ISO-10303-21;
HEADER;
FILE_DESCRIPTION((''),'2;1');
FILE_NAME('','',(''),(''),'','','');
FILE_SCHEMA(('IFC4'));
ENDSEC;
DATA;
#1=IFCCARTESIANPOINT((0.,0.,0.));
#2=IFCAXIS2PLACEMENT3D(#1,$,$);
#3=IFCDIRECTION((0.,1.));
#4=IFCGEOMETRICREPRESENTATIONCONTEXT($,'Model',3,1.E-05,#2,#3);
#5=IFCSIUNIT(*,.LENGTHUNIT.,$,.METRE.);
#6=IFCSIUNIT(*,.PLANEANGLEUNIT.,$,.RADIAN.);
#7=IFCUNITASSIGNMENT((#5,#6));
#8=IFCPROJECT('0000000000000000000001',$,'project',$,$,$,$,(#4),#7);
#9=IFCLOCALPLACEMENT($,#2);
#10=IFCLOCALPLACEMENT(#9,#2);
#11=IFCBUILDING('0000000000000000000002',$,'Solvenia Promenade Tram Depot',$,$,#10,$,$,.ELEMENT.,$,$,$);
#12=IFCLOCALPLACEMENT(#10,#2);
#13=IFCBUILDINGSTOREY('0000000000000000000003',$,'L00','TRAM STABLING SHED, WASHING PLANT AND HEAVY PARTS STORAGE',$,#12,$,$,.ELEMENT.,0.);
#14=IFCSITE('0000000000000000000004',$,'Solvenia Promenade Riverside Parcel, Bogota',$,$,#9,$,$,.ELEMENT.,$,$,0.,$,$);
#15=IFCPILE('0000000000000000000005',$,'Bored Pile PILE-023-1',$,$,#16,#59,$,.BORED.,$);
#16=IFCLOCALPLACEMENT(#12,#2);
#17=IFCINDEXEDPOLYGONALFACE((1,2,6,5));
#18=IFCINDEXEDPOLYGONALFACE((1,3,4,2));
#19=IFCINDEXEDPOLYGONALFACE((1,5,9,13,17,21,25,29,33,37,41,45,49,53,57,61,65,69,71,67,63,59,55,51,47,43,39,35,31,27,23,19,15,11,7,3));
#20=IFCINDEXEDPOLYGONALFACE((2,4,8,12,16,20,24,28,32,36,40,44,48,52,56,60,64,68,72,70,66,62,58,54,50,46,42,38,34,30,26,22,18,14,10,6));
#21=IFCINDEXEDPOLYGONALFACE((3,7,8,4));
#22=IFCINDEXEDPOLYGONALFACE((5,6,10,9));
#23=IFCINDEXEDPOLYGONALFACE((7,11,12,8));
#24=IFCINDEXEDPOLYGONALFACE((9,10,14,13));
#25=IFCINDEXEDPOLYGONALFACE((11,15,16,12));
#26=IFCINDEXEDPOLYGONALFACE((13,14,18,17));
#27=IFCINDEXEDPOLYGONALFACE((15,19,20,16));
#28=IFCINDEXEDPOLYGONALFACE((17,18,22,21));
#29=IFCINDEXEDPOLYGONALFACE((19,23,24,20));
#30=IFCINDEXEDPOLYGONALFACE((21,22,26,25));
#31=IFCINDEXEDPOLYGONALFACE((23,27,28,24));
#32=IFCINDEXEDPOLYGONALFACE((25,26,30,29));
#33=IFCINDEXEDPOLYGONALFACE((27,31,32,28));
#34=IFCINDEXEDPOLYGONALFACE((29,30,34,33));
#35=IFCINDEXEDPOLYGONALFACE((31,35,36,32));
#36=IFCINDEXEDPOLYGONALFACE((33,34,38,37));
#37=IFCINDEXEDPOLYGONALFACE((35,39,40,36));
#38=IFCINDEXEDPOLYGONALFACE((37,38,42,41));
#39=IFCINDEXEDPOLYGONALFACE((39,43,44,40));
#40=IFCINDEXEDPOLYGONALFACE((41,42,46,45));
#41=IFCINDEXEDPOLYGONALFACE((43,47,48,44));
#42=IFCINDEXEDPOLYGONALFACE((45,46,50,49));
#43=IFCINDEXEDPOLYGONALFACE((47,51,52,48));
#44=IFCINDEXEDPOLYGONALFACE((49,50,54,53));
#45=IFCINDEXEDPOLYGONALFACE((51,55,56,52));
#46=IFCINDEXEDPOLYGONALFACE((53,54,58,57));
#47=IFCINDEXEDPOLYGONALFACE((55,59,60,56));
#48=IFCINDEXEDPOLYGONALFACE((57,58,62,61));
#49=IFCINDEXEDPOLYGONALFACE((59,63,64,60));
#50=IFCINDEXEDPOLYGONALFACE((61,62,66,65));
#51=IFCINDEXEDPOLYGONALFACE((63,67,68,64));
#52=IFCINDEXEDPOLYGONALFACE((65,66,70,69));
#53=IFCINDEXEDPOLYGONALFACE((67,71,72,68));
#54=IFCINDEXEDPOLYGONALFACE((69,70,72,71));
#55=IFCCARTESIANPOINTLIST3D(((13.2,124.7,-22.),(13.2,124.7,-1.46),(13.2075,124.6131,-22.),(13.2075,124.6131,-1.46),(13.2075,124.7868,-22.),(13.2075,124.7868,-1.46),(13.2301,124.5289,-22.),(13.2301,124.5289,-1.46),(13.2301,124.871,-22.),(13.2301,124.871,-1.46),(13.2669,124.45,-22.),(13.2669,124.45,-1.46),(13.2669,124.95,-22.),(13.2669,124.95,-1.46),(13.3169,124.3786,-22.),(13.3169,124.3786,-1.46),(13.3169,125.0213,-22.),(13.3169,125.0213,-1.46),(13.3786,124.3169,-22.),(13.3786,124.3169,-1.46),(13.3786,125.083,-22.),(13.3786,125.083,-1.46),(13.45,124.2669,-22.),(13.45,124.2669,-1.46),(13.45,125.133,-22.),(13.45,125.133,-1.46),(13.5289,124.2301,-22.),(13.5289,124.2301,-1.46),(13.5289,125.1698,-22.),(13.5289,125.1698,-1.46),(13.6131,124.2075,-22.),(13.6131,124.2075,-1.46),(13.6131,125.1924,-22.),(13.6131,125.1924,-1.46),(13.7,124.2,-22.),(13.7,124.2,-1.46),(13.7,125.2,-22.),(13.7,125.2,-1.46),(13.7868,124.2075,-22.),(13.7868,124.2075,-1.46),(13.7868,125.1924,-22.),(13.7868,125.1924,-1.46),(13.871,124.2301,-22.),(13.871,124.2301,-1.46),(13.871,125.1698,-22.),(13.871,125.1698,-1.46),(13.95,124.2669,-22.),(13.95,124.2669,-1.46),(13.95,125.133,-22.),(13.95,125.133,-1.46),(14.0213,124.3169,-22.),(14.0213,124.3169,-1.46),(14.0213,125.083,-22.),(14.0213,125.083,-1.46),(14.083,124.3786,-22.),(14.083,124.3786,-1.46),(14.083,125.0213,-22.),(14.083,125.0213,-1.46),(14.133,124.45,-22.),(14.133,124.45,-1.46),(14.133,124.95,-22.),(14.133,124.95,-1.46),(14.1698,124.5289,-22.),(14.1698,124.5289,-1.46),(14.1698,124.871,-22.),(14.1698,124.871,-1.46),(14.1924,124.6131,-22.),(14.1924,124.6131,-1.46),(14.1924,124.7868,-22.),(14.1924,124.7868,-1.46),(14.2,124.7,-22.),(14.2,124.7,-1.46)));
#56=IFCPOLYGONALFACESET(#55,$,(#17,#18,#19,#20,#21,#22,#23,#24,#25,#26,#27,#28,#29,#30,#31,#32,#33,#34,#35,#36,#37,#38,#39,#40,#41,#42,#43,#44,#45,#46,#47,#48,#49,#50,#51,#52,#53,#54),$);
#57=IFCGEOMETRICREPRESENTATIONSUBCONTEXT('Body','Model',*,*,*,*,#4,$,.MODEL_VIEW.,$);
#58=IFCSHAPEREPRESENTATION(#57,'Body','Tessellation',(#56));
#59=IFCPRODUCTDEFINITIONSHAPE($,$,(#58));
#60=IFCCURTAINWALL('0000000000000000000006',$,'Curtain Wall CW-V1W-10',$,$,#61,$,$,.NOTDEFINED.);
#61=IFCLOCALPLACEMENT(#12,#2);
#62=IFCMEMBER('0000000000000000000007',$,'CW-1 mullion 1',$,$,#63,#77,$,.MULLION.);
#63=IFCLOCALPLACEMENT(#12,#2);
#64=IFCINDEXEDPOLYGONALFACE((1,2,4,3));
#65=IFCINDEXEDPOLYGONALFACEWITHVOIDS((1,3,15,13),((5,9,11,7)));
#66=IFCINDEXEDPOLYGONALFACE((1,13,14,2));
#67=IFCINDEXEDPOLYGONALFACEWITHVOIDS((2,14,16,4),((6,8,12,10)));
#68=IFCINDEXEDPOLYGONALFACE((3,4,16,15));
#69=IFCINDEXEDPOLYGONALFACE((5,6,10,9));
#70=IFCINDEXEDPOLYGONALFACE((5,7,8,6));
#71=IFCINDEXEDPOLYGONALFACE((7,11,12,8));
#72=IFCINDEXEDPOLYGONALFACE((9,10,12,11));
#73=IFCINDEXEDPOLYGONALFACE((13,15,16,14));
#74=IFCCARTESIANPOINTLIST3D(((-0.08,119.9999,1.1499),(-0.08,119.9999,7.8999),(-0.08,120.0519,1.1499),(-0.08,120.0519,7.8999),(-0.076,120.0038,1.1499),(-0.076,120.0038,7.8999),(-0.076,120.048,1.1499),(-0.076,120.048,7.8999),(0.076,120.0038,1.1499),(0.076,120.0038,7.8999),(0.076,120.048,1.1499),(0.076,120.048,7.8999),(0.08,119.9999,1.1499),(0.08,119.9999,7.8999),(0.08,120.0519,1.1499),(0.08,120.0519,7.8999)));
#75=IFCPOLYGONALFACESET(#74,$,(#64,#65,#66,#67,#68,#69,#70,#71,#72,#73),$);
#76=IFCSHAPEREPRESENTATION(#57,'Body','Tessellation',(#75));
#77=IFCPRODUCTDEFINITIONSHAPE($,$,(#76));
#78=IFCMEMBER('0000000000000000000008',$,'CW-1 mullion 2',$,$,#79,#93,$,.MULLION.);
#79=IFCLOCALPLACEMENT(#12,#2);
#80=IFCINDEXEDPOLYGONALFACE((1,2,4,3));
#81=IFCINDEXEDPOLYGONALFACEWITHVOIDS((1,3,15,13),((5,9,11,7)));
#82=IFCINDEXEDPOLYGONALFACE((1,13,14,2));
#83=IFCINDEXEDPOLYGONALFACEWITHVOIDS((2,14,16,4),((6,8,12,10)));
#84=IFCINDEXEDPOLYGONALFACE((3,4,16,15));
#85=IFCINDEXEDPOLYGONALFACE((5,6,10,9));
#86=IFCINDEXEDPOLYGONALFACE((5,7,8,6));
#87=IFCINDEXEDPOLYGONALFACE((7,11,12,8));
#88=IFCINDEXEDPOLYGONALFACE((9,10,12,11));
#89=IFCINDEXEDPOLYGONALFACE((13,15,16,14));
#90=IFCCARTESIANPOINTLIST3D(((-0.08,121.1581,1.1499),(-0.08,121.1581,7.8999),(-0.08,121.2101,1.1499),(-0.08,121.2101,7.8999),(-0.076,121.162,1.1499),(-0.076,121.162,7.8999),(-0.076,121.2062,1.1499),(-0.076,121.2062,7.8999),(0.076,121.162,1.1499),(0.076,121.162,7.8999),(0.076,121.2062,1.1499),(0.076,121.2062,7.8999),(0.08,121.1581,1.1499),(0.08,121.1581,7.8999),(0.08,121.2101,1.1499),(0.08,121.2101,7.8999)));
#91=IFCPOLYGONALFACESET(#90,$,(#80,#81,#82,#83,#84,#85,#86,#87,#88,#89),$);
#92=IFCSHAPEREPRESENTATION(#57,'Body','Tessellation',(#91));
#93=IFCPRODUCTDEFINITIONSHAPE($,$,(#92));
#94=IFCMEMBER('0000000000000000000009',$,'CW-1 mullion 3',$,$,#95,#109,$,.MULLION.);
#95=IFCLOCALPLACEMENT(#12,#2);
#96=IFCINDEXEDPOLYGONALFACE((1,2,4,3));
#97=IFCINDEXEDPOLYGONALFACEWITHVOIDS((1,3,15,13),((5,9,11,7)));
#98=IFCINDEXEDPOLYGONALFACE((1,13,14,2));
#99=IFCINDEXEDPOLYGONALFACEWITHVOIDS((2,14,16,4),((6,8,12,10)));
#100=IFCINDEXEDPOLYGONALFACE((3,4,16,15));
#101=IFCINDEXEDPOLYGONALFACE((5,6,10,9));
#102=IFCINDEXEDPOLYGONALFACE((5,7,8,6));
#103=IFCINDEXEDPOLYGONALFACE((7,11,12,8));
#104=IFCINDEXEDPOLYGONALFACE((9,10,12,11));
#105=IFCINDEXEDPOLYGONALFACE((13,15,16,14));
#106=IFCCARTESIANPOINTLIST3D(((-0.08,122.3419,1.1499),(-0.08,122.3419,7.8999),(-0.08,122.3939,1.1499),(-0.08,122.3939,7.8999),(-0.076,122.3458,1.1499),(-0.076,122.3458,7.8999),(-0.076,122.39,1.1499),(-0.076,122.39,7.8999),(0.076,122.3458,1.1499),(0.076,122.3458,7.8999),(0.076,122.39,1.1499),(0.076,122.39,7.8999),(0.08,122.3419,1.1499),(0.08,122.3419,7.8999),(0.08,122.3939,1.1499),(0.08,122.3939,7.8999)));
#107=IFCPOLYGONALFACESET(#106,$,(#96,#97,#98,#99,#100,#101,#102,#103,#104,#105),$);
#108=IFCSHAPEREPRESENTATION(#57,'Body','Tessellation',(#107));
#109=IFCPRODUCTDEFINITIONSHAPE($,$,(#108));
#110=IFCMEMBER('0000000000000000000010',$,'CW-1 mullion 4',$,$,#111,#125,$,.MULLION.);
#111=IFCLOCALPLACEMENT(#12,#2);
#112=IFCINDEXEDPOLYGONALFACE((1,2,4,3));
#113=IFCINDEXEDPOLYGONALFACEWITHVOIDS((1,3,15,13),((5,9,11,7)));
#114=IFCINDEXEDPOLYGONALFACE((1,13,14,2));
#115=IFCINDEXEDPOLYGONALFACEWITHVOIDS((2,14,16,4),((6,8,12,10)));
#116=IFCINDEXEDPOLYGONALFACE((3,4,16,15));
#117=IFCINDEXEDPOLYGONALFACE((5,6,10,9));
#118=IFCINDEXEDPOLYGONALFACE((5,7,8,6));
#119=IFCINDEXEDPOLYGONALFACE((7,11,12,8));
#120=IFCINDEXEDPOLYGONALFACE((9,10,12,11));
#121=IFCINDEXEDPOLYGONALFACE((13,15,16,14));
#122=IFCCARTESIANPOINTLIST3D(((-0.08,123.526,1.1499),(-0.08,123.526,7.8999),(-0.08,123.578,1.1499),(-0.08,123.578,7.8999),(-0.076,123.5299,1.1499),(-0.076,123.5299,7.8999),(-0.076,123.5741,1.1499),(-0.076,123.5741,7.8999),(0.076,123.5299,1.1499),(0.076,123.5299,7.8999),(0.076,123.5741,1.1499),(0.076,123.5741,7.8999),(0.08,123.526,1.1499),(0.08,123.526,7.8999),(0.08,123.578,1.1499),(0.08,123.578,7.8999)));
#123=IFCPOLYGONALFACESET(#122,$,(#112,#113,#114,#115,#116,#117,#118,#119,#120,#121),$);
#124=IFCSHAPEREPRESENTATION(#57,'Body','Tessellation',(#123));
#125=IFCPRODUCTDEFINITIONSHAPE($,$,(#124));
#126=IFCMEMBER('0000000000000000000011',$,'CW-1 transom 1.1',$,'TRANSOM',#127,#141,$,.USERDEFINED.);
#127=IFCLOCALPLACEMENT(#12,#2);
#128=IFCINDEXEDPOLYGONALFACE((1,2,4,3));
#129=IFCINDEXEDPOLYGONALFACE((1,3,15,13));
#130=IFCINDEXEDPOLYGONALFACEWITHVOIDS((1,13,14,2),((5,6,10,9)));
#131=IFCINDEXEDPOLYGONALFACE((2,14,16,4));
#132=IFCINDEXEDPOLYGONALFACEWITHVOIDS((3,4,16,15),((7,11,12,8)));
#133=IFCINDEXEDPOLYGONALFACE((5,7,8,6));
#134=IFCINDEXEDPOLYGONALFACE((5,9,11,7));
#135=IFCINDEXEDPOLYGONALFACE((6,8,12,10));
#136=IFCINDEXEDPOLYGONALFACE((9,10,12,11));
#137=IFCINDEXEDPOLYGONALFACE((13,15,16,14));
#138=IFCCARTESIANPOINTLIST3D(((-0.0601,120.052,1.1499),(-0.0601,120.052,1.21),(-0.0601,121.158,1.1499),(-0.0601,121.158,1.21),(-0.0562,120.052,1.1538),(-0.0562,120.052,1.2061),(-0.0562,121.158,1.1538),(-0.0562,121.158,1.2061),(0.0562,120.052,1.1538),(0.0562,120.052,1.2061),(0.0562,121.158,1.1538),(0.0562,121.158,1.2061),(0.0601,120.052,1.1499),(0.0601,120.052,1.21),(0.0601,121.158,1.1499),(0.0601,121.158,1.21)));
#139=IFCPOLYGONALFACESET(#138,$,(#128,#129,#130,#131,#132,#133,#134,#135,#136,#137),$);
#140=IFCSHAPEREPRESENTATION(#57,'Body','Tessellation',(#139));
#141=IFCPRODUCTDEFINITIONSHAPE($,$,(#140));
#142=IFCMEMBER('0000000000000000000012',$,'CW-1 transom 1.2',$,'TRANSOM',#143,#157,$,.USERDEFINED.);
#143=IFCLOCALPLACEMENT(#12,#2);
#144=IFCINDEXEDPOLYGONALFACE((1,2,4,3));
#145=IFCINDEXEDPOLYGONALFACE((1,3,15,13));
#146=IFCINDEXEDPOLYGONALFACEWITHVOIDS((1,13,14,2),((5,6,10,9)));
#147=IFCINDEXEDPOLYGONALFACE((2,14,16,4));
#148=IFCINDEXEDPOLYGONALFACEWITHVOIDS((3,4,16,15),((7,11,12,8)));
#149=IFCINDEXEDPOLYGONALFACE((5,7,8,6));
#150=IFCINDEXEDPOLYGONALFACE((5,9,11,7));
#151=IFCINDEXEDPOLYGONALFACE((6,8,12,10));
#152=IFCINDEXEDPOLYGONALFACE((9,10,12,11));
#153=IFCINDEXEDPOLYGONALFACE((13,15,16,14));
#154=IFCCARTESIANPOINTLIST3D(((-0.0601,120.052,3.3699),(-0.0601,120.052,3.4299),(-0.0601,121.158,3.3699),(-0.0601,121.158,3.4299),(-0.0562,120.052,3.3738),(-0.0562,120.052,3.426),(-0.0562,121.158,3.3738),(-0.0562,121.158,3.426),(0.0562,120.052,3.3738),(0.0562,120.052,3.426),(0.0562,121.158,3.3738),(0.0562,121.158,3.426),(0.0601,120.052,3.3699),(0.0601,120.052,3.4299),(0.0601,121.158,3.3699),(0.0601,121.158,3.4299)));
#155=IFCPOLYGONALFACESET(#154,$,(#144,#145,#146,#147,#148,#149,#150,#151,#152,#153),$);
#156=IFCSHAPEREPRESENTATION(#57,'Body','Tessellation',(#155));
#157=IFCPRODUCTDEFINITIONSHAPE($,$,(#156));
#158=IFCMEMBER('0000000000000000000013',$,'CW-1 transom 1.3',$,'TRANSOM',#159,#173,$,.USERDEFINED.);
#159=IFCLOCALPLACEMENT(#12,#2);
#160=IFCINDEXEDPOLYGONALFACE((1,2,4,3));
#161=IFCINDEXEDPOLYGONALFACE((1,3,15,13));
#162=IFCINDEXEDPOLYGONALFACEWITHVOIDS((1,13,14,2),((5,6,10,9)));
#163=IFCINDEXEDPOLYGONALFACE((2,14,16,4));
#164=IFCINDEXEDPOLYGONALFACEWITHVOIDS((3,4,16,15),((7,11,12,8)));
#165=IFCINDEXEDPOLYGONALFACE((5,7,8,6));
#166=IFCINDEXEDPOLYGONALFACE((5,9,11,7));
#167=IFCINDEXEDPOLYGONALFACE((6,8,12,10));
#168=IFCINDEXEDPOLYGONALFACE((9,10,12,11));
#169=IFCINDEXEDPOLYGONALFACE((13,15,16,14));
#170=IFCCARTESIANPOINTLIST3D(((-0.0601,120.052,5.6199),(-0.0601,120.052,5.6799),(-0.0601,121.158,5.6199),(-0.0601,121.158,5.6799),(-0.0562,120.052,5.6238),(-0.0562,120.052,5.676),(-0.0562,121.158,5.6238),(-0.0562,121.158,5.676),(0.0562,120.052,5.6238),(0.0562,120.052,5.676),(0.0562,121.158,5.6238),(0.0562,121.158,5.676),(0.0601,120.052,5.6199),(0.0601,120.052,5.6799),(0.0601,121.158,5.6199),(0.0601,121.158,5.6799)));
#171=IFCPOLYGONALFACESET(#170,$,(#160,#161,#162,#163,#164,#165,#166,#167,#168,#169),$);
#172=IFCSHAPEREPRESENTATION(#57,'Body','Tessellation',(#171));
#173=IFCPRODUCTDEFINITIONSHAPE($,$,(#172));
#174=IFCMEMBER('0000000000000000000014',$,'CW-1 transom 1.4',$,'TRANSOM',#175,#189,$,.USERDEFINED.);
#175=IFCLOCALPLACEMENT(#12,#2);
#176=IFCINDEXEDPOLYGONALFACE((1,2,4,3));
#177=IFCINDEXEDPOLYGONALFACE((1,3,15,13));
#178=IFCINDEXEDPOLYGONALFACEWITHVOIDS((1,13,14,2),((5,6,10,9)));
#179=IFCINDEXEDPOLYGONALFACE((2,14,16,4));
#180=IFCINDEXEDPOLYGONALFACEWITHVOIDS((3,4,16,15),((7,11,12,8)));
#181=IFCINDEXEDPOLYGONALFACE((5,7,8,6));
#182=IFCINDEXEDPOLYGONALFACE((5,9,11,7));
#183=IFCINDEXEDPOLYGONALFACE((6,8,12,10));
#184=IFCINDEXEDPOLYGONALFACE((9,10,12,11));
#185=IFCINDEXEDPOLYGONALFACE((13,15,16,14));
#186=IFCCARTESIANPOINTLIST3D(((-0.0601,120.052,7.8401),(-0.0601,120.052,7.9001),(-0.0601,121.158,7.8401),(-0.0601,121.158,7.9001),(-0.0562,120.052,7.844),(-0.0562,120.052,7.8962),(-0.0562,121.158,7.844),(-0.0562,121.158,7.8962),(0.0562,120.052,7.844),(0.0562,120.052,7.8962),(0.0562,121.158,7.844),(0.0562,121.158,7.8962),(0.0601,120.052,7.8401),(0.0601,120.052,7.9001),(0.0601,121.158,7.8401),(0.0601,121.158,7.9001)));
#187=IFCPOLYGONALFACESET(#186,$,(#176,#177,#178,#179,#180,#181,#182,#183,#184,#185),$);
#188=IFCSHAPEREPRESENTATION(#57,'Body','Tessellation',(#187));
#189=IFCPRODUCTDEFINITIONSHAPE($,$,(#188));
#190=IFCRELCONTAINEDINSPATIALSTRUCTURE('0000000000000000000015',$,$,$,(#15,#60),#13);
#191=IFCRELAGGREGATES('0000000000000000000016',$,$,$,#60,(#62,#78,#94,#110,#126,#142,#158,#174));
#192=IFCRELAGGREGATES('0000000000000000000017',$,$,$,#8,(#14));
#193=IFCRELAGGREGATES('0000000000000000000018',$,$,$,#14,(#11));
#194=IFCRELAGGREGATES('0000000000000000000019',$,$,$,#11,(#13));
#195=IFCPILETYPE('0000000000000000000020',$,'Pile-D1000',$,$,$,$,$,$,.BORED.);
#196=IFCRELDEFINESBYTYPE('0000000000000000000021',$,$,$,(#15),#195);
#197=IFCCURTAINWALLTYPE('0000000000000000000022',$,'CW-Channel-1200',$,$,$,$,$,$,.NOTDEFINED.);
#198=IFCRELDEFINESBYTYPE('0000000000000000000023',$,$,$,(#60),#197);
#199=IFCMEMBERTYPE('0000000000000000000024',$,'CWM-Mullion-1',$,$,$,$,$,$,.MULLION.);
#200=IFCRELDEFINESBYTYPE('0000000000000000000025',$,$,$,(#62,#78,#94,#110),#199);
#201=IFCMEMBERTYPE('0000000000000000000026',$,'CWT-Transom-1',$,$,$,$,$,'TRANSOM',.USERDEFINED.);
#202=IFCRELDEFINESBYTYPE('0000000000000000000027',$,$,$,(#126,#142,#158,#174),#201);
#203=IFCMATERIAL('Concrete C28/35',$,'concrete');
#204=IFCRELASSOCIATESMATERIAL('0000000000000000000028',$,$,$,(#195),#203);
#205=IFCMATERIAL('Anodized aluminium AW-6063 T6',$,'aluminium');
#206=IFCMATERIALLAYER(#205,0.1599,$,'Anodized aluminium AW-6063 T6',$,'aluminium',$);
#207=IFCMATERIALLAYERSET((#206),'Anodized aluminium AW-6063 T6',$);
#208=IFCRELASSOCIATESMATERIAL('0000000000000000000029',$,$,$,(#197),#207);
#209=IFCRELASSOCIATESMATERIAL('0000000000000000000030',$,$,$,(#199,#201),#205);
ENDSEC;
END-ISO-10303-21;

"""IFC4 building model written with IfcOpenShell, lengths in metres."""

from ifc_helpers import new_model, si_unit, direction, frame, origin, origin_2d, place, context, subcontext, project, spatial, hollow_rectangle, circle, extrude, material, layer, layer_set, material_profile, profile_set, type_object, element, aggregate, save


model = new_model("IFC4")

# Units and contexts
model_context = context("Model", 3, precision=1e-05, world=origin(), true_north=direction((0.0, 1.0)))
body_context = subcontext(model_context, "Body", "Model", "MODEL_VIEW")
ifc_project = project(units=[si_unit("LENGTHUNIT", "METRE"), si_unit("PLANEANGLEUNIT", "RADIAN")], contexts=[model_context])

# Site, building, storey
site_placement = place(None, origin())
site = spatial("IfcSite", under=ifc_project, at=site_placement, Name="Solvenia Promenade Riverside Parcel, Bogota", CompositionType="ELEMENT", RefElevation=0.0)
building_placement = place(site_placement, origin())
building = spatial("IfcBuilding", under=site, at=building_placement, Name="Solvenia Promenade Tram Depot", CompositionType="ELEMENT")
storey_placement = place(building_placement, origin())
storey = spatial("IfcBuildingStorey", under=building, at=storey_placement, Name="L00", Description="TRAM STABLING SHED, WASHING PLANT AND HEAVY PARTS STORAGE", CompositionType="ELEMENT", Elevation=0.0)

# Pile
ifc_material_1 = material(Name="Concrete C28/35", Category="concrete")
ifc_material_profile_1 = material_profile(ifc_material_1, circle(Radius=0.5, at=origin_2d()), Name="D1000", Category="concrete")
ifc_profile_set_1 = profile_set([ifc_material_profile_1], Name="Concrete C28/35")
pile_type = type_object("IfcPileType", Name="Pile-D1000", PredefinedType="BORED", material=ifc_profile_set_1)
pile_placement = place(storey_placement, frame((13.7, 124.7, -1.46), z_axis=(0.0, 0.0, -1.0), x_axis=(1.0, 0.0, 0.0)))
element("IfcPile", 1, at=pile_placement, inside=storey, type_object=pile_type, Name="Bored Pile PILE-023-1", PredefinedType="BORED", context=body_context, shape_type="SweptSolid", body=[
    extrude(circle(Radius=0.5, at=origin_2d()), origin(), (0.0, 0.0, 1.0), 20.54),
])

# Curtain wall, members
ifc_material_2 = material(Name="Anodized aluminium AW-6063 T6", Category="aluminium")
ifc_layer_1 = layer(ifc_material_2, 0.1599, Name="Anodized aluminium AW-6063 T6", Category="aluminium")
ifc_layer_set_1 = layer_set([ifc_layer_1], Name="Anodized aluminium AW-6063 T6")
curtain_wall_type = type_object("IfcCurtainWallType", Name="CW-Channel-1200", PredefinedType="NOTDEFINED", material=ifc_layer_set_1)
curtain_wall_placement = place(storey_placement, origin())
curtain_wall = element("IfcCurtainWall", 2, at=curtain_wall_placement, inside=storey, type_object=curtain_wall_type, Name="Curtain Wall CW-V1W-10", PredefinedType="NOTDEFINED")
ifc_material_profile_2 = material_profile(ifc_material_2, hollow_rectangle(XDim=0.1599, YDim=0.052, WallThickness=0.0039, at=origin_2d()), Name="ALU-M1", Category="aluminium")
ifc_profile_set_2 = profile_set([ifc_material_profile_2], Name="Anodized aluminium AW-6063 T6")
member_type_1 = type_object("IfcMemberType", Name="CWM-Mullion-1", PredefinedType="MULLION", material=ifc_profile_set_2)
member_1_placement = place(storey_placement, frame((0.0, 120.0259, 1.1499), z_axis=(0.0, 0.0, 1.0), x_axis=(-1.0, 0.0, 0.0)))
member_1 = element("IfcMember", 3, at=member_1_placement, type_object=member_type_1, Name="CW-1 mullion 1", PredefinedType="MULLION", context=body_context, shape_type="SweptSolid", body=[
    extrude(hollow_rectangle(XDim=0.1599, YDim=0.052, WallThickness=0.0039, at=origin_2d()), origin(), (0.0, 0.0, 1.0), 6.75),
])
member_2_placement = place(storey_placement, frame((0.0, 121.1841, 1.1499), z_axis=(0.0, 0.0, 1.0), x_axis=(-1.0, 0.0, 0.0)))
member_2 = element("IfcMember", 4, at=member_2_placement, type_object=member_type_1, Name="CW-1 mullion 2", PredefinedType="MULLION", context=body_context, shape_type="SweptSolid", body=[
    extrude(hollow_rectangle(XDim=0.1599, YDim=0.052, WallThickness=0.0039, at=origin_2d()), origin(), (0.0, 0.0, 1.0), 6.75),
])
member_3_placement = place(storey_placement, frame((0.0, 122.3679, 1.1499), z_axis=(0.0, 0.0, 1.0), x_axis=(-1.0, 0.0, 0.0)))
member_3 = element("IfcMember", 5, at=member_3_placement, type_object=member_type_1, Name="CW-1 mullion 3", PredefinedType="MULLION", context=body_context, shape_type="SweptSolid", body=[
    extrude(hollow_rectangle(XDim=0.1599, YDim=0.052, WallThickness=0.0039, at=origin_2d()), origin(), (0.0, 0.0, 1.0), 6.75),
])
member_4_placement = place(storey_placement, frame((0.0, 123.552, 1.1499), z_axis=(0.0, 0.0, 1.0), x_axis=(-1.0, 0.0, 0.0)))
member_4 = element("IfcMember", 6, at=member_4_placement, type_object=member_type_1, Name="CW-1 mullion 4", PredefinedType="MULLION", context=body_context, shape_type="SweptSolid", body=[
    extrude(hollow_rectangle(XDim=0.1599, YDim=0.052, WallThickness=0.0039, at=origin_2d()), origin(), (0.0, 0.0, 1.0), 6.75),
])
ifc_material_profile_3 = material_profile(ifc_material_2, hollow_rectangle(XDim=0.1201, YDim=0.0601, WallThickness=0.0039, at=origin_2d()), Name="ALU-T1", Category="aluminium")
ifc_profile_set_3 = profile_set([ifc_material_profile_3], Name="Anodized aluminium AW-6063 T6")
member_type_2 = type_object("IfcMemberType", Name="CWT-Transom-1", ElementType="TRANSOM", PredefinedType="USERDEFINED", material=ifc_profile_set_3)
member_5_placement = place(storey_placement, frame((0.0, 120.052, 1.1799), z_axis=(0.0, 1.0, 0.0), x_axis=(-1.0, 0.0, 0.0)))
member_5 = element("IfcMember", 7, at=member_5_placement, type_object=member_type_2, Name="CW-1 transom 1.1", ObjectType="TRANSOM", PredefinedType="USERDEFINED", context=body_context, shape_type="SweptSolid", body=[
    extrude(hollow_rectangle(XDim=0.1201, YDim=0.0601, WallThickness=0.0039, at=origin_2d()), origin(), (0.0, 0.0, 1.0), 1.106),
])
member_6_placement = place(storey_placement, frame((0.0, 120.052, 3.3999), z_axis=(0.0, 1.0, 0.0), x_axis=(-1.0, 0.0, 0.0)))
member_6 = element("IfcMember", 8, at=member_6_placement, type_object=member_type_2, Name="CW-1 transom 1.2", ObjectType="TRANSOM", PredefinedType="USERDEFINED", context=body_context, shape_type="SweptSolid", body=[
    extrude(hollow_rectangle(XDim=0.1201, YDim=0.0601, WallThickness=0.0039, at=origin_2d()), origin(), (0.0, 0.0, 1.0), 1.106),
])
member_7_placement = place(storey_placement, frame((0.0, 120.052, 5.6499), z_axis=(0.0, 1.0, 0.0), x_axis=(-1.0, 0.0, 0.0)))
member_7 = element("IfcMember", 9, at=member_7_placement, type_object=member_type_2, Name="CW-1 transom 1.3", ObjectType="TRANSOM", PredefinedType="USERDEFINED", context=body_context, shape_type="SweptSolid", body=[
    extrude(hollow_rectangle(XDim=0.1201, YDim=0.0601, WallThickness=0.0039, at=origin_2d()), origin(), (0.0, 0.0, 1.0), 1.106),
])
member_8_placement = place(storey_placement, frame((0.0, 120.052, 7.8701), z_axis=(0.0, 1.0, 0.0), x_axis=(-1.0, 0.0, 0.0)))
member_8 = element("IfcMember", 10, at=member_8_placement, type_object=member_type_2, Name="CW-1 transom 1.4", ObjectType="TRANSOM", PredefinedType="USERDEFINED", context=body_context, shape_type="SweptSolid", body=[
    extrude(hollow_rectangle(XDim=0.1201, YDim=0.0601, WallThickness=0.0039, at=origin_2d()), origin(), (0.0, 0.0, 1.0), 1.106),
])
aggregate(curtain_wall, [member_1, member_2, member_3, member_4, member_5, member_6, member_7, member_8])

save(model, "model.ifc")
